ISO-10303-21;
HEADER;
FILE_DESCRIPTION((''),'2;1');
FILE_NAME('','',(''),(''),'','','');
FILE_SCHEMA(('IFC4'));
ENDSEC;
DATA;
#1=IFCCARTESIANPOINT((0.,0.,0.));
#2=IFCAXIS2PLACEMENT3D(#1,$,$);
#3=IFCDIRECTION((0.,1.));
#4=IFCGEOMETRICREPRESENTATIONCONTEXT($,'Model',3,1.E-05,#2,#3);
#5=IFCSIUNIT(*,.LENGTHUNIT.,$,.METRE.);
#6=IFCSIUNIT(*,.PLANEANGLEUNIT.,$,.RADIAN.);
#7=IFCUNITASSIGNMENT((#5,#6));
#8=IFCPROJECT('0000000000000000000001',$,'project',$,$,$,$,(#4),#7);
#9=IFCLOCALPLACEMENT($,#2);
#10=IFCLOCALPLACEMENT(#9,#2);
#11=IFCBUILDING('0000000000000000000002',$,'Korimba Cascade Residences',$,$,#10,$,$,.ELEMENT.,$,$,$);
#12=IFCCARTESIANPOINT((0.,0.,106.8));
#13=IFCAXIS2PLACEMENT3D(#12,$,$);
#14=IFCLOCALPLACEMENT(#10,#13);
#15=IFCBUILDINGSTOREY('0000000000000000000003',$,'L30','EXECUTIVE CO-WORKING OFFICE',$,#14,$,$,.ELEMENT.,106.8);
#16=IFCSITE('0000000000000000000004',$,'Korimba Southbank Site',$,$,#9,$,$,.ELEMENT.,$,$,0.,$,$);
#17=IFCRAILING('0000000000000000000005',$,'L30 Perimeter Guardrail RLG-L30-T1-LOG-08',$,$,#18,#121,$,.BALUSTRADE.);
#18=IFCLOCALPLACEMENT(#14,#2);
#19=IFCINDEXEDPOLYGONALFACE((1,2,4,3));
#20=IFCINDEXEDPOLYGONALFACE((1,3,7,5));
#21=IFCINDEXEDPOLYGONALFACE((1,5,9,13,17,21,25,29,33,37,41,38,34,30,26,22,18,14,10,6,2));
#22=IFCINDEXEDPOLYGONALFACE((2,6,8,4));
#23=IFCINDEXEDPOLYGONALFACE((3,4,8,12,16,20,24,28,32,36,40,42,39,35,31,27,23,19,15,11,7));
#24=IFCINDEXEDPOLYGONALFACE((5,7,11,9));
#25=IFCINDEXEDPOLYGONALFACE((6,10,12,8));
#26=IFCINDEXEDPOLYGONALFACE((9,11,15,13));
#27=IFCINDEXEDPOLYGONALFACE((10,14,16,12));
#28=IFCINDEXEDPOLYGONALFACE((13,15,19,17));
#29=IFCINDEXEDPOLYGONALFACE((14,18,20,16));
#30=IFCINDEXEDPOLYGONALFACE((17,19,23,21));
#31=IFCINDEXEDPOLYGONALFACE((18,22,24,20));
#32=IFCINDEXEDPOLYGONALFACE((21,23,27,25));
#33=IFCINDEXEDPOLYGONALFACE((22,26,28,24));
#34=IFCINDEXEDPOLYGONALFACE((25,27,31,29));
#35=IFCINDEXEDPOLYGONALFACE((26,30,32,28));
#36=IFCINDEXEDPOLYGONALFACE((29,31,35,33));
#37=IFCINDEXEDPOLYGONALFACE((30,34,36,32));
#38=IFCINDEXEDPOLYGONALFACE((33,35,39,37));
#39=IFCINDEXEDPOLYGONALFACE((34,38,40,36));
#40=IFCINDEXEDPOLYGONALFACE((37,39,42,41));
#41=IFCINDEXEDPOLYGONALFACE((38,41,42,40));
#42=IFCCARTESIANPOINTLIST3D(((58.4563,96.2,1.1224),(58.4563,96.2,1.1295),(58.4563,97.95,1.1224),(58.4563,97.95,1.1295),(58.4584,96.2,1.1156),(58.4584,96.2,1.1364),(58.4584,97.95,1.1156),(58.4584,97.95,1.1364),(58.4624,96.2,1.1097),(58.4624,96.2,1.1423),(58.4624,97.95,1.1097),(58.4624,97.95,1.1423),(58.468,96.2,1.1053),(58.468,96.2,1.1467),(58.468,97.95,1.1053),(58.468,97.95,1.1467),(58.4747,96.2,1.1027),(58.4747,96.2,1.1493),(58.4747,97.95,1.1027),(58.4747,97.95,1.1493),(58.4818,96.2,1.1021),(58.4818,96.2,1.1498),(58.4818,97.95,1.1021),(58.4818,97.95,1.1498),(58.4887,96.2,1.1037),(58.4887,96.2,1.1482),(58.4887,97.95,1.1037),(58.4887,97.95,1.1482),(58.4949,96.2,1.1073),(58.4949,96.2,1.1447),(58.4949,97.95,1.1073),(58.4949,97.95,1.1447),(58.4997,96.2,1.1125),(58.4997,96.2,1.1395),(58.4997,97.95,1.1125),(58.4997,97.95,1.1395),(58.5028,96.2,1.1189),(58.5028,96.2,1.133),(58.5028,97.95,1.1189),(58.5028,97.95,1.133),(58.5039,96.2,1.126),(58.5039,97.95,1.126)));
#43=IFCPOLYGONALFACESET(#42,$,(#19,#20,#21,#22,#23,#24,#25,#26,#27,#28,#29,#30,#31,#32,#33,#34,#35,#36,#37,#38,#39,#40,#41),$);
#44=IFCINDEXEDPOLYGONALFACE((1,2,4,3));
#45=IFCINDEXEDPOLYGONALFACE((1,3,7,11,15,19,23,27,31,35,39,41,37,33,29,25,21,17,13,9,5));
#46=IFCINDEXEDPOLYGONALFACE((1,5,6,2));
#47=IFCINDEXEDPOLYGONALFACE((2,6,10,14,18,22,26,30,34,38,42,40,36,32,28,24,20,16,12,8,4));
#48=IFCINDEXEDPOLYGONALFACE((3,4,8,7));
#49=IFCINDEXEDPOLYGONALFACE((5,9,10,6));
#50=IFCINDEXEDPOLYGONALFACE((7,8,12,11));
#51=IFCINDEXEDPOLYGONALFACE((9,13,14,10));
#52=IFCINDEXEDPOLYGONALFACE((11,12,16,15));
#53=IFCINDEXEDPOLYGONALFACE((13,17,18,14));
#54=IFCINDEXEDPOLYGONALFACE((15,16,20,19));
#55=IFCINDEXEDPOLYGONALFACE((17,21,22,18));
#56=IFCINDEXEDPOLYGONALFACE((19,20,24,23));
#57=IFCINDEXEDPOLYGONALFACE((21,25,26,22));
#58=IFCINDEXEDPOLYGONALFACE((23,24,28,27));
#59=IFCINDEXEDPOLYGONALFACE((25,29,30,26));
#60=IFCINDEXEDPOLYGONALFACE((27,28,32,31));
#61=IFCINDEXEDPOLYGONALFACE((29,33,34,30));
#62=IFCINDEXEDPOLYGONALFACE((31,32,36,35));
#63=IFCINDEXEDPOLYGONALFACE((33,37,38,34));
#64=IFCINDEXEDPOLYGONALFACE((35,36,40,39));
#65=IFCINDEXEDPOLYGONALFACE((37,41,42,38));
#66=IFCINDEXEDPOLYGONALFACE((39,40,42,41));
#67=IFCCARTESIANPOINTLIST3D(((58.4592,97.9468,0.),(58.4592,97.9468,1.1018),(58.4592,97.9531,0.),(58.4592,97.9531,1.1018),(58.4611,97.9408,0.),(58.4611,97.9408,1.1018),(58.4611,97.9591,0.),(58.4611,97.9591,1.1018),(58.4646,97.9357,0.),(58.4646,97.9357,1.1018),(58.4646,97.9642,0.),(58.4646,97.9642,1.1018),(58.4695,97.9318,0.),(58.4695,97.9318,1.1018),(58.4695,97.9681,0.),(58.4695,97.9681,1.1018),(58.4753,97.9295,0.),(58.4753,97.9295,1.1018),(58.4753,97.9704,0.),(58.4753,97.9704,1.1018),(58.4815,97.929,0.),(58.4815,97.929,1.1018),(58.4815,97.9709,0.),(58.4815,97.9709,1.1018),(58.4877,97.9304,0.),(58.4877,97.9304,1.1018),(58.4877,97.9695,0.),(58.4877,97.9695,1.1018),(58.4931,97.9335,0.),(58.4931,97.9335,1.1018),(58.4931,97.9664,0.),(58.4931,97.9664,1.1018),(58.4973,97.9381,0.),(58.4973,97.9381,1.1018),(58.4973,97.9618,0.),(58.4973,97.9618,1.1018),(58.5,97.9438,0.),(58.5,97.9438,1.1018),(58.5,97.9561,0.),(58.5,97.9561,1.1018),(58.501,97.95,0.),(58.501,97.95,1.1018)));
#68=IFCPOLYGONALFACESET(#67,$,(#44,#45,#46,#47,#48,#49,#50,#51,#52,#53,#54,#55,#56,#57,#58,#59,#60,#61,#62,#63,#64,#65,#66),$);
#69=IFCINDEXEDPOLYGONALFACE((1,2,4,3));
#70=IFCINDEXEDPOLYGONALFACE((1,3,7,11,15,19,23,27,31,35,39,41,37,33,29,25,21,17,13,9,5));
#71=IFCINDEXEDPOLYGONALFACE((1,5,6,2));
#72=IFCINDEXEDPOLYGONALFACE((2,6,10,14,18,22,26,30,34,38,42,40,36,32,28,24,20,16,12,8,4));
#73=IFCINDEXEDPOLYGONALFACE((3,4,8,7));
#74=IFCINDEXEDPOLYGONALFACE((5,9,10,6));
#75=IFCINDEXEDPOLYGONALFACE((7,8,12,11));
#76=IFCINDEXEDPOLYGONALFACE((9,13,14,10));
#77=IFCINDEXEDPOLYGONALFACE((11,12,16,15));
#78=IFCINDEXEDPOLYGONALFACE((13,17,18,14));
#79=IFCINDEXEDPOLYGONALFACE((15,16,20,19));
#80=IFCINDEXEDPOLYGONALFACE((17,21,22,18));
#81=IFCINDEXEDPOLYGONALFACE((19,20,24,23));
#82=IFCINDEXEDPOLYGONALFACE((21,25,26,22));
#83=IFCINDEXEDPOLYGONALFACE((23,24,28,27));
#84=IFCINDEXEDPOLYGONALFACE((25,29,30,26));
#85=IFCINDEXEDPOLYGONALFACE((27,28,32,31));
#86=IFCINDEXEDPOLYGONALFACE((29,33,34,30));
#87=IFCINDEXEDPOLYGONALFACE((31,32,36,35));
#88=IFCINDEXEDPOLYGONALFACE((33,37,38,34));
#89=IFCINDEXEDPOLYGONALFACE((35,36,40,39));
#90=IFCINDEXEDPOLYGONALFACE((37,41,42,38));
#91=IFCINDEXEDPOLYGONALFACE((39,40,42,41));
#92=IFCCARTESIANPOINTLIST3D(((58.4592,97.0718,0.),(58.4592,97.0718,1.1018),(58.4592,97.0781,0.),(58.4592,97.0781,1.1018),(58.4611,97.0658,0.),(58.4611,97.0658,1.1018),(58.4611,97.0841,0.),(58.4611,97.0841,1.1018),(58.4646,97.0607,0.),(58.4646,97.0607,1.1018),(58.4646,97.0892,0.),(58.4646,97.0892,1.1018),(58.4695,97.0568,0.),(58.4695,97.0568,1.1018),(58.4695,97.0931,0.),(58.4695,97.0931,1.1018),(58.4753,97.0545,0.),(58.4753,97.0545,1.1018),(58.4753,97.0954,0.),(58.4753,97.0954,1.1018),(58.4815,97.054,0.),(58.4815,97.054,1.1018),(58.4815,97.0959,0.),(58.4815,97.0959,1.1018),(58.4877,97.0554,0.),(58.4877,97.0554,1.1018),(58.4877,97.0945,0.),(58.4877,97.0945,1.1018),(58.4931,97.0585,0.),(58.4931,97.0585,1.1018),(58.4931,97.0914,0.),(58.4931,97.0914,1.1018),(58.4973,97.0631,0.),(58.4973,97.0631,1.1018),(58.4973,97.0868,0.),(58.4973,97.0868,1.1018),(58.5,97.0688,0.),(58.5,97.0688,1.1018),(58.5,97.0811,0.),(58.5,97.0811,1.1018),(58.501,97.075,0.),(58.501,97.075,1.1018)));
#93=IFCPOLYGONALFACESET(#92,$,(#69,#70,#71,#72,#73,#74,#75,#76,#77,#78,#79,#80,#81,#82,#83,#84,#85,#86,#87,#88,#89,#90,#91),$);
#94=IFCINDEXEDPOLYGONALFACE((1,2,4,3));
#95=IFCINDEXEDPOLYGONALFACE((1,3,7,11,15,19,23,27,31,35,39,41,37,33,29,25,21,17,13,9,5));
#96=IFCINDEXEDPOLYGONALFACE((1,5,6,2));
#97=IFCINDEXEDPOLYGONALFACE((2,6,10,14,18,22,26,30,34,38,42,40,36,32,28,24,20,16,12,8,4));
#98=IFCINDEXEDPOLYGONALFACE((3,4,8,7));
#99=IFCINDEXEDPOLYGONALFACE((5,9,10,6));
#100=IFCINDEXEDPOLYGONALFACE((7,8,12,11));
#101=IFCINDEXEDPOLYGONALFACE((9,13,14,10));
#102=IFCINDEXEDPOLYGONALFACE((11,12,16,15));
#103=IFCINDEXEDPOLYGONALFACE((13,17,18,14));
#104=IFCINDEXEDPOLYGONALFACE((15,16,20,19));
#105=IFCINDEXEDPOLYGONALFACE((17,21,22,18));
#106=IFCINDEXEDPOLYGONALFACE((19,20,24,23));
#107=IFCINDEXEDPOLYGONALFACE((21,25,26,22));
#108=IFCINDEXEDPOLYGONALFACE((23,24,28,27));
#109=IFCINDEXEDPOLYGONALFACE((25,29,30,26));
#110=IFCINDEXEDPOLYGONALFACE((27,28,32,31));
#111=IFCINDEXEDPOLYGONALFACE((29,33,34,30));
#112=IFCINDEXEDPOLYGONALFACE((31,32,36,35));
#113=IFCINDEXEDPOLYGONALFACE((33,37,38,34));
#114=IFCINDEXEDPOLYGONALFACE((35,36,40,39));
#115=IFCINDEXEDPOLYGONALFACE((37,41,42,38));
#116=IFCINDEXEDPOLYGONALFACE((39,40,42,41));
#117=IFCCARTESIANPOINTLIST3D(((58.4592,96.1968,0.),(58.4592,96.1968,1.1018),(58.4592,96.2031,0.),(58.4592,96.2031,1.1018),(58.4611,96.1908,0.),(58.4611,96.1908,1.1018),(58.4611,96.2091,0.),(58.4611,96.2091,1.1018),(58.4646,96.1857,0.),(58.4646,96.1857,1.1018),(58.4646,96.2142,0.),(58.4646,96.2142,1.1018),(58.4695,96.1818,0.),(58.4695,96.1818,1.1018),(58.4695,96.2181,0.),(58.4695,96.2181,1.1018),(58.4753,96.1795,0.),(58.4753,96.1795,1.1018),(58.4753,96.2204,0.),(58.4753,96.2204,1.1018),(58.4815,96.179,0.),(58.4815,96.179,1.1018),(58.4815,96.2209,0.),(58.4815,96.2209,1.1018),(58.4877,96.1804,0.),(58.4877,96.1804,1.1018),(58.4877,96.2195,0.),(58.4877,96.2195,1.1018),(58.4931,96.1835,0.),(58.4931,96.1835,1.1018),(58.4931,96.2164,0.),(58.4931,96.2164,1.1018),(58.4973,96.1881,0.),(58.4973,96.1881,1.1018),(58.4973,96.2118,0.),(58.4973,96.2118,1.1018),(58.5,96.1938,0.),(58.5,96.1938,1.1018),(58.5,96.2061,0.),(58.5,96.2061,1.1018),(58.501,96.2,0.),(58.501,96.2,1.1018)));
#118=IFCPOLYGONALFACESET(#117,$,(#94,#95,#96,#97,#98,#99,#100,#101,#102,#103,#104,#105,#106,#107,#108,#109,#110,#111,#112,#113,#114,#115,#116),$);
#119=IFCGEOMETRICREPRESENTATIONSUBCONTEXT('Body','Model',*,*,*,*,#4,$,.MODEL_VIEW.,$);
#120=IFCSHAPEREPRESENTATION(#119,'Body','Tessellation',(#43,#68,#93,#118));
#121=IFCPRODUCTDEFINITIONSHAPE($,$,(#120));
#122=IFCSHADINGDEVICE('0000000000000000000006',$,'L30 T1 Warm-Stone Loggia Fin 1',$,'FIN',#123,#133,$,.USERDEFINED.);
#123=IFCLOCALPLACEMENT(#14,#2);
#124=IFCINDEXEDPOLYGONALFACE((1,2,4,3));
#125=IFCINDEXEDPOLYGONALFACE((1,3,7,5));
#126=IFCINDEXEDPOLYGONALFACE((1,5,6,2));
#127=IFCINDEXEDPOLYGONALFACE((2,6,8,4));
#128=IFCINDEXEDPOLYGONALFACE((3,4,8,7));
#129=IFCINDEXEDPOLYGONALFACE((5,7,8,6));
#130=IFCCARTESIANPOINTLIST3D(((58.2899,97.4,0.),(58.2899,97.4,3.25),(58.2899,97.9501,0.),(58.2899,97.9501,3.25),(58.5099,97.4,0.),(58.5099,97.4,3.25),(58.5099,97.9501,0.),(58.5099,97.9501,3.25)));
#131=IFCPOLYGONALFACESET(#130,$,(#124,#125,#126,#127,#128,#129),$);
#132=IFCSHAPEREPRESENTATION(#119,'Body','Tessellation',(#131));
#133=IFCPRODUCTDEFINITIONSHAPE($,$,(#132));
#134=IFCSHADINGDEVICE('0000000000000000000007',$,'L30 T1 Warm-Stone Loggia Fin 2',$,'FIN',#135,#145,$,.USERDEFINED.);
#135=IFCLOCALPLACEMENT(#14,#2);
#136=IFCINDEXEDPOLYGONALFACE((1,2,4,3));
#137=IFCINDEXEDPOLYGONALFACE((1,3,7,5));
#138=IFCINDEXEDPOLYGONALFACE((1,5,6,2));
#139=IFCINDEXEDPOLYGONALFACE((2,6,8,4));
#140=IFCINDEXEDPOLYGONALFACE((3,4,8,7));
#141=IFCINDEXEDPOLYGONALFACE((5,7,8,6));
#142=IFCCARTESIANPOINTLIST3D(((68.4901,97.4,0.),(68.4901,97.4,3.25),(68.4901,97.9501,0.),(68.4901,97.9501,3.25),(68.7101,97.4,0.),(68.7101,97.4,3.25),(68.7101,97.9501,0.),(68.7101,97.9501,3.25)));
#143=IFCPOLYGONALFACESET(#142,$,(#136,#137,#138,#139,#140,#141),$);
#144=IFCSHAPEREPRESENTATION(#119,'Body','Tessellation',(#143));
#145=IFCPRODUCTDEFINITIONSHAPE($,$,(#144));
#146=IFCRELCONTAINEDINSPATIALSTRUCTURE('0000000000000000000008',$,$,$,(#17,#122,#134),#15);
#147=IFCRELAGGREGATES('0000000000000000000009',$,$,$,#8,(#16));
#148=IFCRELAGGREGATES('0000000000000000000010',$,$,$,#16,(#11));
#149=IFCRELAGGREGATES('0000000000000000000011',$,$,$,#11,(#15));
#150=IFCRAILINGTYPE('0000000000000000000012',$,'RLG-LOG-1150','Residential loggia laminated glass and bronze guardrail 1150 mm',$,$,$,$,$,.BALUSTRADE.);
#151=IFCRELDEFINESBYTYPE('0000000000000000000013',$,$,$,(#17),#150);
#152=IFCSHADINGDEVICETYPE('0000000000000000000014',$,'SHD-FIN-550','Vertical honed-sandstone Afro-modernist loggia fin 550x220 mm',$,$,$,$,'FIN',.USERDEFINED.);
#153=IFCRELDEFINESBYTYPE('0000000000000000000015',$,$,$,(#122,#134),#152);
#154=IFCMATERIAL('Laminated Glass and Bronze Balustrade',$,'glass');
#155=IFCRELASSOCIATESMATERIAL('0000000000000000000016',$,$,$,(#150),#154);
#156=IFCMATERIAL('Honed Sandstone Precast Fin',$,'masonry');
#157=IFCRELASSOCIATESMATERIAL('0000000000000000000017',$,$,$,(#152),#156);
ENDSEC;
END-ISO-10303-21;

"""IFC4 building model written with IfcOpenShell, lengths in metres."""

from ifc_helpers import new_model, si_unit, direction, frame, origin, origin_2d, place, context, subcontext, project, spatial, rectangle, circle, extrude, material, type_object, element, save


model = new_model("IFC4")

# Units and contexts
model_context = context("Model", 3, precision=1e-05, world=origin(), true_north=direction((0.0, 1.0)))
body_context = subcontext(model_context, "Body", "Model", "MODEL_VIEW")
ifc_project = project(units=[si_unit("LENGTHUNIT", "METRE"), si_unit("PLANEANGLEUNIT", "RADIAN")], contexts=[model_context])

# Site, building, storey
site_placement = place(None, origin())
site = spatial("IfcSite", under=ifc_project, at=site_placement, Name="Korimba Southbank Site", CompositionType="ELEMENT", RefElevation=0.0)
building_placement = place(site_placement, origin())
building = spatial("IfcBuilding", under=site, at=building_placement, Name="Korimba Cascade Residences", CompositionType="ELEMENT")
storey_placement = place(building_placement, frame((0.0, 0.0, 106.8)))
storey = spatial("IfcBuildingStorey", under=building, at=storey_placement, Name="L30", Description="EXECUTIVE CO-WORKING OFFICE", CompositionType="ELEMENT", Elevation=106.8)

# Railing
ifc_material_1 = material(Name="Laminated Glass and Bronze Balustrade", Category="glass")
railing_type = type_object("IfcRailingType", Name="RLG-LOG-1150", Description="Residential loggia laminated glass and bronze guardrail 1150 mm", PredefinedType="BALUSTRADE", material=ifc_material_1)
railing_1_placement = place(storey_placement, frame((58.48, 97.95, 0.0)))
element("IfcRailing", 1, at=railing_1_placement, inside=storey, type_object=railing_type, Name="L30 Perimeter Guardrail RLG-L30-T1-LOG-08", PredefinedType="BALUSTRADE", context=body_context, shape_type="SweptSolid", body=[
    extrude(circle(Radius=0.0239, at=origin_2d()), frame((0.0, 0.0, 1.126), z_axis=(0.0, -1.0, 0.0), x_axis=(1.0, 0.0, 0.0)), (0.0, 0.0, 1.0), 1.75),
    extrude(circle(Radius=0.021, at=origin_2d()), origin(), (0.0, 0.0, 1.0), 1.1018),
    extrude(circle(Radius=0.021, at=origin_2d()), frame((0.0, -0.875, 0.0)), (0.0, 0.0, 1.0), 1.1018),
    extrude(circle(Radius=0.021, at=origin_2d()), frame((0.0, -1.75, 0.0)), (0.0, 0.0, 1.0), 1.1018),
])

# Shading devices
ifc_material_2 = material(Name="Honed Sandstone Precast Fin", Category="masonry")
shading_device_type = type_object("IfcShadingDeviceType", Name="SHD-FIN-550", Description="Vertical honed-sandstone Afro-modernist loggia fin 550x220 mm", ElementType="FIN", PredefinedType="USERDEFINED", material=ifc_material_2)
for number, where, z_axis, x_axis, name in (
    (2, (58.3999, 97.675, 0.0), (0.0, 0.0, 1.0), (1.0, 0.0, 0.0), "L30 T1 Warm-Stone Loggia Fin 1"),
    (3, (68.6001, 97.675, 0.0), (0.0, 0.0, 1.0), (1.0, 0.0, 0.0), "L30 T1 Warm-Stone Loggia Fin 2"),
):
    element("IfcShadingDevice", number, at=place(storey_placement, frame(where, z_axis=z_axis, x_axis=x_axis)), inside=storey, type_object=shading_device_type, Name=name, ObjectType="FIN", PredefinedType="USERDEFINED", context=body_context, shape_type="SweptSolid", body=[
        extrude(rectangle(XDim=0.22, YDim=0.55, at=origin_2d()), origin(), (0.0, 0.0, 1.0), 3.25),
    ])

save(model, "model.ifc")
